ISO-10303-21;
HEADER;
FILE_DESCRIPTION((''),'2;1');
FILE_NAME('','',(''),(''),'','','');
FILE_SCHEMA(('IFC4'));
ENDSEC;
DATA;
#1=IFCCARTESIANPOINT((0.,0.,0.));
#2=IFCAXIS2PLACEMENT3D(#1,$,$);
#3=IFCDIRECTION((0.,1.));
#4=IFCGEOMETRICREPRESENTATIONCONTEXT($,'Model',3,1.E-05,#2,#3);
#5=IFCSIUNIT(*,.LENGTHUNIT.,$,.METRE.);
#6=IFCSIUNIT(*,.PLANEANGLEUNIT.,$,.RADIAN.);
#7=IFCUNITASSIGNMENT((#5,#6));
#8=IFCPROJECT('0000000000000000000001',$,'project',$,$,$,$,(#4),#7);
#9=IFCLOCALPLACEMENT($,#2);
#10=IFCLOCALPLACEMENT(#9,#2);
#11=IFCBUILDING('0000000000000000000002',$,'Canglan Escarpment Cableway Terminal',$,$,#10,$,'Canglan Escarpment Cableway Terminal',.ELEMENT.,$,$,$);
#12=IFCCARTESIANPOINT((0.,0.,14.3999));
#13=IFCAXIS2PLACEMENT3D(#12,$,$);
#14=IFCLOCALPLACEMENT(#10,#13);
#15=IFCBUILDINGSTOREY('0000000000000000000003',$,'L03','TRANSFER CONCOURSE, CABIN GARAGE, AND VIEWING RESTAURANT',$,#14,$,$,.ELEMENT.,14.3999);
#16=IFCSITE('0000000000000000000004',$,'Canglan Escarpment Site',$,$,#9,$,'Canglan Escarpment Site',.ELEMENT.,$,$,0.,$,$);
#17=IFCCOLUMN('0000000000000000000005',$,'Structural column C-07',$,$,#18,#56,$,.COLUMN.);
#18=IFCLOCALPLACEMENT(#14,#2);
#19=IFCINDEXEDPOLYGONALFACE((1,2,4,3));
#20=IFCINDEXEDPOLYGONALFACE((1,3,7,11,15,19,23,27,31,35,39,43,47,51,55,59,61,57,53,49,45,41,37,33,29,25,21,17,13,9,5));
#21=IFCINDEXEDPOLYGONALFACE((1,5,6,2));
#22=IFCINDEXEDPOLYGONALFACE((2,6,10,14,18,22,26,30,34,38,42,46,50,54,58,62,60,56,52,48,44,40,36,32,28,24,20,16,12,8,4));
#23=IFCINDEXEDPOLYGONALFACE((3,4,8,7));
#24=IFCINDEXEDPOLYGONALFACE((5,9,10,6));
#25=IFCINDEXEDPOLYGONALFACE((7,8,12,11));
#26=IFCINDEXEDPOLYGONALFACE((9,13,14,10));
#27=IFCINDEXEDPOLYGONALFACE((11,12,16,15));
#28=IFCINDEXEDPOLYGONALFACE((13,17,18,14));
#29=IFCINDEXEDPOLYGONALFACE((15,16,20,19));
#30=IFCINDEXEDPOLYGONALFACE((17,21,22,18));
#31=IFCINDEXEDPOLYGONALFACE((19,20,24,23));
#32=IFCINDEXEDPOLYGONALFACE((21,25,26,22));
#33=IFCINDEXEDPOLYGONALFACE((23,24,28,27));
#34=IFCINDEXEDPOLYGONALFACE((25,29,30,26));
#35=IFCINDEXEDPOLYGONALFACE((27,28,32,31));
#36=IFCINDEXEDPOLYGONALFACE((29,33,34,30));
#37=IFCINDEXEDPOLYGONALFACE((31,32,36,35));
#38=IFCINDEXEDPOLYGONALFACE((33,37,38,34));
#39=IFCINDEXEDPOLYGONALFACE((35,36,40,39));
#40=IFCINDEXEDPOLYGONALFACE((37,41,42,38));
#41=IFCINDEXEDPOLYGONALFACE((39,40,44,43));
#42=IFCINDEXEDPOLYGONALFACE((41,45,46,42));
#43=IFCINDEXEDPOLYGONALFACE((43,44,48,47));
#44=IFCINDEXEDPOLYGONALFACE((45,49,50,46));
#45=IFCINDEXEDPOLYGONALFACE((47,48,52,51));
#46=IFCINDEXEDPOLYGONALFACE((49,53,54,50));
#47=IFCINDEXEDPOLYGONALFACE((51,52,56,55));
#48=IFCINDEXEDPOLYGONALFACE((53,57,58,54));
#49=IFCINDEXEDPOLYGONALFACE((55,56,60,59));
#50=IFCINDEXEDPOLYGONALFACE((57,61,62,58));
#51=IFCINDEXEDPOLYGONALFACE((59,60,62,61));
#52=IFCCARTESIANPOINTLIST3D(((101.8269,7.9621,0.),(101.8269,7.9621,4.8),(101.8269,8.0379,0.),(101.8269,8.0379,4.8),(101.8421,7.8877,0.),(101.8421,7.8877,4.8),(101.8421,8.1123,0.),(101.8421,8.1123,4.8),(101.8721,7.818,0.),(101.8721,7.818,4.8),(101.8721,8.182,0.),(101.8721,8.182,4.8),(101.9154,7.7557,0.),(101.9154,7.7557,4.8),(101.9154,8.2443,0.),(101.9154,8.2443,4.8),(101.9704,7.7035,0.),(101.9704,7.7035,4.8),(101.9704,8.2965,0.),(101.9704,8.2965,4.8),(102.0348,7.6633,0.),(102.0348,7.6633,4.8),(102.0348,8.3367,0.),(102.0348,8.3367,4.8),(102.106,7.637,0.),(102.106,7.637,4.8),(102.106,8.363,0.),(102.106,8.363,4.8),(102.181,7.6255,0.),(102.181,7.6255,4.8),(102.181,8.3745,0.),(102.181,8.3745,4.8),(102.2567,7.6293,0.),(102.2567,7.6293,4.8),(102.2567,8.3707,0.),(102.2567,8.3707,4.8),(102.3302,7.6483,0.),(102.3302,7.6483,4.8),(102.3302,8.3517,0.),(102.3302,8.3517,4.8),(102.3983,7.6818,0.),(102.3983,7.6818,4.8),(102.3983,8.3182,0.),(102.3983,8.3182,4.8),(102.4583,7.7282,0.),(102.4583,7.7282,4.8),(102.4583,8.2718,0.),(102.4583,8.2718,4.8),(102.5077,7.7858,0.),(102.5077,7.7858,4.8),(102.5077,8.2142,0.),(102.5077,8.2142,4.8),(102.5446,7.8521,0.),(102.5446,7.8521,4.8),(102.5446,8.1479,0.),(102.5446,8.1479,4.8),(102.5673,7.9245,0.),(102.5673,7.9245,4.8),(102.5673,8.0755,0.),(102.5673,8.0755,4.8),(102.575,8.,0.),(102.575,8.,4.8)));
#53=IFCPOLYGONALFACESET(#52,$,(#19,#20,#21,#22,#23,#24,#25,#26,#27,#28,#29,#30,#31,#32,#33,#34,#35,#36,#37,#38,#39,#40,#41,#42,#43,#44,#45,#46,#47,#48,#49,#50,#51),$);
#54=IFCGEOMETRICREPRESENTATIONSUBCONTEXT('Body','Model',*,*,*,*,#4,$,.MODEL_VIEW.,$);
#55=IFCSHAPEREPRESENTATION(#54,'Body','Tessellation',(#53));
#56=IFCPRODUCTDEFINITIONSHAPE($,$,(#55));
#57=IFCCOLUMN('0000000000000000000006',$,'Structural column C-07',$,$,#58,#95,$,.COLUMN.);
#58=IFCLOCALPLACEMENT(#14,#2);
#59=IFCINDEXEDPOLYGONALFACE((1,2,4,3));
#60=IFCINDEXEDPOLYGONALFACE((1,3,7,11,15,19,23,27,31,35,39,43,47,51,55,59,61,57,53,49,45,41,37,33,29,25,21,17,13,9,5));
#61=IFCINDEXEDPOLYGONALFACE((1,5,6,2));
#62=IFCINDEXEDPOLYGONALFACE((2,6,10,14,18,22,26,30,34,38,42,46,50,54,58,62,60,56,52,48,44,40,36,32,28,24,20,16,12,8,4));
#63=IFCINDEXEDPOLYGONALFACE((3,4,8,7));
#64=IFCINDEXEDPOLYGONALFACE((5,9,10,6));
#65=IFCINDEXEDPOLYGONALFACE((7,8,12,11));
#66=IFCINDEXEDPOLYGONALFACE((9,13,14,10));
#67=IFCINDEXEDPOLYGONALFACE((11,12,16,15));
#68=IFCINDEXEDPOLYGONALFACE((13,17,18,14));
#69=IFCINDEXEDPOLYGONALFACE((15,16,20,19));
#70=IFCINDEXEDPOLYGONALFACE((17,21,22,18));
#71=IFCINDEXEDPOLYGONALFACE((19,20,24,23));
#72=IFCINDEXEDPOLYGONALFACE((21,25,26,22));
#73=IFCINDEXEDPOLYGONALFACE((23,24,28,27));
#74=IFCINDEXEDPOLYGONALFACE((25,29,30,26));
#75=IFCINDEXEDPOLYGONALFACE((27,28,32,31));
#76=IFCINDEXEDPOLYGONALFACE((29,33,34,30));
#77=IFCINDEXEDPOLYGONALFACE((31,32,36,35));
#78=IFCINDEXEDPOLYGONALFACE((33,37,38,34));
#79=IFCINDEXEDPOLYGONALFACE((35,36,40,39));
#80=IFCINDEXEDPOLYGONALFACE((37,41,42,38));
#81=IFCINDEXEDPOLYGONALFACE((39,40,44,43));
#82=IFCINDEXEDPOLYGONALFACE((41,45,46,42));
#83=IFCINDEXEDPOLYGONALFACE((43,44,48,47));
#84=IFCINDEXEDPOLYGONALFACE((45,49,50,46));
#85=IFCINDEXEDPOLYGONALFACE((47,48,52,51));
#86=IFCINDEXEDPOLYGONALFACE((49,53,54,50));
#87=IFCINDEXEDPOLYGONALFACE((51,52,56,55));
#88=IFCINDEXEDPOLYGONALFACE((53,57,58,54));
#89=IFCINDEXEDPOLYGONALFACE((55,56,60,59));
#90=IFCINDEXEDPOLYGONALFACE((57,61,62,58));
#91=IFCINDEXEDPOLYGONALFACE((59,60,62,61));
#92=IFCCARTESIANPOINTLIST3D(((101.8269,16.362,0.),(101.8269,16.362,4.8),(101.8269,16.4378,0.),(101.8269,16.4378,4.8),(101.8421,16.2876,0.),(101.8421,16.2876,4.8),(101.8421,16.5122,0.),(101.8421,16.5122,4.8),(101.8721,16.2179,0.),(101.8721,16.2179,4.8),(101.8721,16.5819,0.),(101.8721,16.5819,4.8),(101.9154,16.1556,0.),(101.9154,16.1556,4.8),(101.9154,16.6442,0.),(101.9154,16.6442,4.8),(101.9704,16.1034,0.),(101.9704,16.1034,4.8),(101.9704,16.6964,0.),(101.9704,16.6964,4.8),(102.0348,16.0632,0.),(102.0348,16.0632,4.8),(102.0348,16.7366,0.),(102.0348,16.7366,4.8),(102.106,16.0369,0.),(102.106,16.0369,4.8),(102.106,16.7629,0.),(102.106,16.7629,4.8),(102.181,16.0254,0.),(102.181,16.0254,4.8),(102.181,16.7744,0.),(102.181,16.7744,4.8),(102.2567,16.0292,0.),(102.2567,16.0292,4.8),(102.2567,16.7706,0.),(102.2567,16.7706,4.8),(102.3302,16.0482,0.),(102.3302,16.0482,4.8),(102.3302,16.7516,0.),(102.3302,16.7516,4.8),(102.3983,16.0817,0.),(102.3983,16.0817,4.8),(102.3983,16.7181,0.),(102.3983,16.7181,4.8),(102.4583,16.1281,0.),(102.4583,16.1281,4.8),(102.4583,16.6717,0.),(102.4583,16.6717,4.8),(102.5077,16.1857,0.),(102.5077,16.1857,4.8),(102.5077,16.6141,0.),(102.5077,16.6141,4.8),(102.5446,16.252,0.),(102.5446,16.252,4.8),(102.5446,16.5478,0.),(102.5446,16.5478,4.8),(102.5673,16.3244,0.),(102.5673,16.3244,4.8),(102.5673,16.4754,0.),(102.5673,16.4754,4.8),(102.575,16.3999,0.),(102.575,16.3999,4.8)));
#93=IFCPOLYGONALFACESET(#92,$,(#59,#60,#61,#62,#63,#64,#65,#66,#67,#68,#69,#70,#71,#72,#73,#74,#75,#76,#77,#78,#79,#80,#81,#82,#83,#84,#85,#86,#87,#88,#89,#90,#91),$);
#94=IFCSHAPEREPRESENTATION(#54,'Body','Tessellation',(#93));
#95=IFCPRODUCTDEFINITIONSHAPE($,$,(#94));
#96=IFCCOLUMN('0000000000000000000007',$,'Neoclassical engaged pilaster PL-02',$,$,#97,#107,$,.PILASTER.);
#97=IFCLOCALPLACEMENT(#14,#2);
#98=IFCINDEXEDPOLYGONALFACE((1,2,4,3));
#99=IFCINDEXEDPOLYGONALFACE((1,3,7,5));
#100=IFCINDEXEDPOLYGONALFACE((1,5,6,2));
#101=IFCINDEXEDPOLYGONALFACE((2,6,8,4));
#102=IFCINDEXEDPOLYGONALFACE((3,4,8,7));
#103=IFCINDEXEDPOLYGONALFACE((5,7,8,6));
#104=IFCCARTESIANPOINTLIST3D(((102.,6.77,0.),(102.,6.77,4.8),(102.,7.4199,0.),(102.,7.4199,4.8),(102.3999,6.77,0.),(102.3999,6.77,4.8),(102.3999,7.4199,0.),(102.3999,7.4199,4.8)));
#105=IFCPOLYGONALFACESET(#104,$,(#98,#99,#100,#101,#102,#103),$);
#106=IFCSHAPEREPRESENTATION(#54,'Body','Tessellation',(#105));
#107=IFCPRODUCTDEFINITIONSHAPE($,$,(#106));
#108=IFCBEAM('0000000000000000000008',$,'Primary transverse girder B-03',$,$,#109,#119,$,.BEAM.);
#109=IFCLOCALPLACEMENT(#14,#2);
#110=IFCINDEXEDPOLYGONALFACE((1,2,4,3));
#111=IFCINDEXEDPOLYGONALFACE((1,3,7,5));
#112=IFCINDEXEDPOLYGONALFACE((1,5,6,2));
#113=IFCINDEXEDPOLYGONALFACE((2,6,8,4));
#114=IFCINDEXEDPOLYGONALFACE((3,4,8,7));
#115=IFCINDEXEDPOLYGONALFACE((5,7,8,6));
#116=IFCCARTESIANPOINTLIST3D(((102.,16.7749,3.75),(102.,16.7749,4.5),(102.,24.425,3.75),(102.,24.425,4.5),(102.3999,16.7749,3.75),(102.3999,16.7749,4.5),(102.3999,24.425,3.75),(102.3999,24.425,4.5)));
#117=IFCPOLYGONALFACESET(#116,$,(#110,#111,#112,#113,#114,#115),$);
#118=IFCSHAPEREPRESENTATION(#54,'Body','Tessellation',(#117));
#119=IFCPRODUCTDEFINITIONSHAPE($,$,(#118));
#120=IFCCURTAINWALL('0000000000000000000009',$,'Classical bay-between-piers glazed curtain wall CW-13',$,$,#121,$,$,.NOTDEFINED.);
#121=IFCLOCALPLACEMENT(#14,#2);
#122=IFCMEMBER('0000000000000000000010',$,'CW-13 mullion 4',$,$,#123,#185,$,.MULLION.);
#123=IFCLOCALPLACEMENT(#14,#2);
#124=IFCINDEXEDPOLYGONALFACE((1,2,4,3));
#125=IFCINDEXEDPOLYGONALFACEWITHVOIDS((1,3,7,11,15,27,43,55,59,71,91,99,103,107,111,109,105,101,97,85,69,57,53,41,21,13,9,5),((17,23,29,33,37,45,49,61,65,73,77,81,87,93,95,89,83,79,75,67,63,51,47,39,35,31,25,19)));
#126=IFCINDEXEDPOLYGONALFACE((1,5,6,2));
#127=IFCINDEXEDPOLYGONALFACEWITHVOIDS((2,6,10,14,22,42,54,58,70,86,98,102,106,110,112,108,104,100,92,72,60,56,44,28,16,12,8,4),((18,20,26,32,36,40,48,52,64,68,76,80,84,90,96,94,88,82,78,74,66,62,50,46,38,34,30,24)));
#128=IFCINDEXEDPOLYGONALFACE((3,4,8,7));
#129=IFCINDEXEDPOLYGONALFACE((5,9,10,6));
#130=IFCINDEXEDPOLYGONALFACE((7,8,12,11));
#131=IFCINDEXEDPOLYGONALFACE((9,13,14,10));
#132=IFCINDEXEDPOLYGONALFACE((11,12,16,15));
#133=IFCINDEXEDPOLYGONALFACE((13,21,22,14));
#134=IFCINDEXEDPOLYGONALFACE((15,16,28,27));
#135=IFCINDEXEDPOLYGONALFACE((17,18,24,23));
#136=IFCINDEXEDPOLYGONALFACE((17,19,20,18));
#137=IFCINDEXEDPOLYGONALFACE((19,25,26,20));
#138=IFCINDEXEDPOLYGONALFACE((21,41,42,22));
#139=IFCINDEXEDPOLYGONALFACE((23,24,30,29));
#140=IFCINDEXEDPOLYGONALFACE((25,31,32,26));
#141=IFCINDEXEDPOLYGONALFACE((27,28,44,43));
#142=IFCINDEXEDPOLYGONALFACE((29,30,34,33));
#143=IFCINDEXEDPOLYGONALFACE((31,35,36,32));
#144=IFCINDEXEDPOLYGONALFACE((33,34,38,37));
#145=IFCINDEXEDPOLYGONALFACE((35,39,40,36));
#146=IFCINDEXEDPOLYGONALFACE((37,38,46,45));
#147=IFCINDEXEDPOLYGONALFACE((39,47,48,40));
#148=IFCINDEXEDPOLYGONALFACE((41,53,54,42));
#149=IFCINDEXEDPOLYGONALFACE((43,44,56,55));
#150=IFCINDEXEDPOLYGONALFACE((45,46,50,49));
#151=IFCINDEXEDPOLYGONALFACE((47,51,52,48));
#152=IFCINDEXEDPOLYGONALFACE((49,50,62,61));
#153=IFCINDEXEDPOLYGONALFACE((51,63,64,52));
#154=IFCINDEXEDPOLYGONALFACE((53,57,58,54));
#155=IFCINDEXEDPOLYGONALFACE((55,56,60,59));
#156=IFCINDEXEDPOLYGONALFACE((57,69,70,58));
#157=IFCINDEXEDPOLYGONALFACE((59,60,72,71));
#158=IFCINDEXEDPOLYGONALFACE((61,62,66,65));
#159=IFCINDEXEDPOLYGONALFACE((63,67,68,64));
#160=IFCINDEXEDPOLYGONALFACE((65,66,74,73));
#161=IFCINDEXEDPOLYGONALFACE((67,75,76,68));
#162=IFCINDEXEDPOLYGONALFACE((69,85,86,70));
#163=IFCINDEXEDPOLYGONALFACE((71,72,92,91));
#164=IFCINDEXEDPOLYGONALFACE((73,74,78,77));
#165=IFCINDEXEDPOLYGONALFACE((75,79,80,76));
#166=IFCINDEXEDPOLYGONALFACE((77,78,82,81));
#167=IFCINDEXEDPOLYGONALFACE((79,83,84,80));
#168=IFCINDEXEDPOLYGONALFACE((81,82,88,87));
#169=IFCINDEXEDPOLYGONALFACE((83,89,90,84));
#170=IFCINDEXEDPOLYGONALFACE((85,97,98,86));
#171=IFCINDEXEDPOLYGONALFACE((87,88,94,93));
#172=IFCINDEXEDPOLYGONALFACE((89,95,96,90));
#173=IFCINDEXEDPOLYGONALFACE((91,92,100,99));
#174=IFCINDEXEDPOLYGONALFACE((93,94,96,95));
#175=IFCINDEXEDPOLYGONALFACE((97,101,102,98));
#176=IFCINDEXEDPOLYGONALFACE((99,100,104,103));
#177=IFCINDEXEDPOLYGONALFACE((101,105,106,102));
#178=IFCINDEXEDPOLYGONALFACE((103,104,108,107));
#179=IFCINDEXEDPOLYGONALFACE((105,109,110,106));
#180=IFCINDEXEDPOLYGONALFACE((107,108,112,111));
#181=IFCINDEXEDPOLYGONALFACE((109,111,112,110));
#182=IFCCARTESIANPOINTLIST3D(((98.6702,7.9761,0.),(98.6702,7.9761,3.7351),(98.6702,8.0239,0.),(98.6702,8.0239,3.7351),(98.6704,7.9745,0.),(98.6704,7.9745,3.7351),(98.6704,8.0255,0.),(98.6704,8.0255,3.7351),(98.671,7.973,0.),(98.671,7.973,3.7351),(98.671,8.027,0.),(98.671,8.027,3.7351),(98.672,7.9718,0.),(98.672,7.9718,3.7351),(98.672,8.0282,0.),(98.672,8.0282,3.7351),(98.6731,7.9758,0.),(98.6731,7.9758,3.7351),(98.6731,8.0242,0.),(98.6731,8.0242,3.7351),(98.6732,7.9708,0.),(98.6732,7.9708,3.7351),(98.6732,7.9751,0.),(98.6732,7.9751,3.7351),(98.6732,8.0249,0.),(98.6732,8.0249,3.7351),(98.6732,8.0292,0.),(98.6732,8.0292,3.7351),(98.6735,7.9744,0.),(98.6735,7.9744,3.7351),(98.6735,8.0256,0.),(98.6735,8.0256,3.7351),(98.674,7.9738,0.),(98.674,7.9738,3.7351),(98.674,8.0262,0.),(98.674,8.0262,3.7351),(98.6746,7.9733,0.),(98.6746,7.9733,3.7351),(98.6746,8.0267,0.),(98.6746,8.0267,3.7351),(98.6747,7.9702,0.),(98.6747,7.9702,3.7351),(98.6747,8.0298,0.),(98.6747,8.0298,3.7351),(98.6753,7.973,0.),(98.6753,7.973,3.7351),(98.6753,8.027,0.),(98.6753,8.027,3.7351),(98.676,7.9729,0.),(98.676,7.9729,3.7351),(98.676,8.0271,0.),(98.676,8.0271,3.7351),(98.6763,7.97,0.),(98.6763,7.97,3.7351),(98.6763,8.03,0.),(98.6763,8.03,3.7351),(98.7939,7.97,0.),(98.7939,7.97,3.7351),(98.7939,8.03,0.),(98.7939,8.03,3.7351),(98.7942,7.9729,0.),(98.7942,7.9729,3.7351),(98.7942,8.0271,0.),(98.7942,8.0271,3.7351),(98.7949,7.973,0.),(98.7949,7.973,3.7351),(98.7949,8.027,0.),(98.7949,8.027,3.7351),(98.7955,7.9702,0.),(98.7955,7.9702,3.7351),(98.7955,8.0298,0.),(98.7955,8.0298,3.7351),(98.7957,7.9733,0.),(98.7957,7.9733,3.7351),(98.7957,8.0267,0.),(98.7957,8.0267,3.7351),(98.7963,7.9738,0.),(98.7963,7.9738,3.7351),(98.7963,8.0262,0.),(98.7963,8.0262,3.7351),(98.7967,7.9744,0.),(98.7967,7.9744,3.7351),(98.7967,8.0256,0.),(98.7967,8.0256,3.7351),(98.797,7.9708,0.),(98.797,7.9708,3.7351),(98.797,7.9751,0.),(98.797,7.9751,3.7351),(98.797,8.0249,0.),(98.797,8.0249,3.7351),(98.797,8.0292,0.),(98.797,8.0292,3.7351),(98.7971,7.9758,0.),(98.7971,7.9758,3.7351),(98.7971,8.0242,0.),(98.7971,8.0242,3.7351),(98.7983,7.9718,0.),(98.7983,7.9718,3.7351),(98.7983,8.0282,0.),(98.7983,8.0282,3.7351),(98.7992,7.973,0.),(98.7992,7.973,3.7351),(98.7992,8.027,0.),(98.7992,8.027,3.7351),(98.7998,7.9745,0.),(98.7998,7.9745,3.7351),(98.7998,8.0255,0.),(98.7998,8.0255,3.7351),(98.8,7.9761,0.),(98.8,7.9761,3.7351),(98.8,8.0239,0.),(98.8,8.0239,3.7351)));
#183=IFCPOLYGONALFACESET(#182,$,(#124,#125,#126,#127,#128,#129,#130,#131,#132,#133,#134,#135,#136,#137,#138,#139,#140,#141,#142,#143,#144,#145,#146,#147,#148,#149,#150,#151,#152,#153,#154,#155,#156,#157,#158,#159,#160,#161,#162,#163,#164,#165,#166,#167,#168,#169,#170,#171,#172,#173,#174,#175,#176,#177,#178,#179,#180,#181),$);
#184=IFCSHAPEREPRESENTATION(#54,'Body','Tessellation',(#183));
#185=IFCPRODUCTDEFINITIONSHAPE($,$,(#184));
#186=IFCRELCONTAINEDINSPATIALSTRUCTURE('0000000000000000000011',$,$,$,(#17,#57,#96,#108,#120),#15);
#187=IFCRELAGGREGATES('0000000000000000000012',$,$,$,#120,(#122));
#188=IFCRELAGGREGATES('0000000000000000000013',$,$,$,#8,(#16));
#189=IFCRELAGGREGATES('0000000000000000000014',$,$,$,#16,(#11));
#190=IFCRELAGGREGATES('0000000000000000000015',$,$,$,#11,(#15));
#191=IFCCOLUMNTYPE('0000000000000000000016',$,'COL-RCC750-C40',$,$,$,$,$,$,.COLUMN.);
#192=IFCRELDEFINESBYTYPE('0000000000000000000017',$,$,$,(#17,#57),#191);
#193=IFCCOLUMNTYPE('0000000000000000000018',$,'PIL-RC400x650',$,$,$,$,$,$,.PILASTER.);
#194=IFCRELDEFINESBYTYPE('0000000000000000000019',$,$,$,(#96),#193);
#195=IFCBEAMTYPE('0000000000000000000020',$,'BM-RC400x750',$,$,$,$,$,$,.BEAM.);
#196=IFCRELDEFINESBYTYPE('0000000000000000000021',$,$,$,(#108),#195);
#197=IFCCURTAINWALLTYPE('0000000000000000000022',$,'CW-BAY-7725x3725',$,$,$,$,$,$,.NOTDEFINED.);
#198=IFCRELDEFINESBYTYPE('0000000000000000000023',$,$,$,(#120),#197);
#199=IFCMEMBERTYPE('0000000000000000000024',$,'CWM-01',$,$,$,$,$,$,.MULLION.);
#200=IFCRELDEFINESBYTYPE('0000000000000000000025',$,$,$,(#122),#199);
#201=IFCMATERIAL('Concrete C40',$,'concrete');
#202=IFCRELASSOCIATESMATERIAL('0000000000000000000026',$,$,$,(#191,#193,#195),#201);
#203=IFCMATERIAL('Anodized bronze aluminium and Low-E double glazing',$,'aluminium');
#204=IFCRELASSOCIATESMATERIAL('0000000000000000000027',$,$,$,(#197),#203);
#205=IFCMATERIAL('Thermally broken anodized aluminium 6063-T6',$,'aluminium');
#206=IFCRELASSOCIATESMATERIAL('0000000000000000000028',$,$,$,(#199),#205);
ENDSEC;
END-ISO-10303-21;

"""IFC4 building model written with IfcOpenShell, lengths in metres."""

from ifc_helpers import new_model, si_unit, direction, frame, origin, origin_2d, place, context, subcontext, project, spatial, rectangle, hollow_rectangle, circle, extrude, material, material_profile, profile_set, type_object, element, aggregate, save


model = new_model("IFC4")

# Units and contexts
model_context = context("Model", 3, precision=1e-05, world=origin(), true_north=direction((0.0, 1.0)))
body_context = subcontext(model_context, "Body", "Model", "MODEL_VIEW")
ifc_project = project(units=[si_unit("LENGTHUNIT", "METRE"), si_unit("PLANEANGLEUNIT", "RADIAN")], contexts=[model_context])

# Site, building, storey
site_placement = place(None, origin())
site = spatial("IfcSite", under=ifc_project, at=site_placement, Name="Canglan Escarpment Site", LongName="Canglan Escarpment Site", CompositionType="ELEMENT", RefElevation=0.0)
building_placement = place(site_placement, origin())
building = spatial("IfcBuilding", under=site, at=building_placement, Name="Canglan Escarpment Cableway Terminal", LongName="Canglan Escarpment Cableway Terminal", CompositionType="ELEMENT")
storey_placement = place(building_placement, frame((0.0, 0.0, 14.3999)))
storey = spatial("IfcBuildingStorey", under=building, at=storey_placement, Name="L03", Description="TRANSFER CONCOURSE, CABIN GARAGE, AND VIEWING RESTAURANT", CompositionType="ELEMENT", Elevation=14.3999)

# Columns
ifc_material_1 = material(Name="Concrete C40", Category="concrete")
ifc_material_profile_1 = material_profile(ifc_material_1, circle(Radius=0.375, at=origin_2d()), Name="RC-CIRC D750")
ifc_profile_set_1 = profile_set([ifc_material_profile_1], Name="Concrete C40")
column_type_1 = type_object("IfcColumnType", Name="COL-RCC750-C40", PredefinedType="COLUMN", material=ifc_profile_set_1)
for number, where, z_axis, x_axis, name in (
    (1, (102.2, 8.0, 0.0), (0.0, 0.0, 1.0), (1.0, 0.0, 0.0), "Structural column C-07"),
    (2, (102.2, 16.3999, 0.0), (0.0, 0.0, 1.0), (1.0, 0.0, 0.0), "Structural column C-07"),
):
    element("IfcColumn", number, at=place(storey_placement, frame(where, z_axis=z_axis, x_axis=x_axis)), inside=storey, type_object=column_type_1, Name=name, PredefinedType="COLUMN", context=body_context, shape_type="SweptSolid", body=[
        extrude(circle(Radius=0.375, at=origin_2d()), origin(), (0.0, 0.0, 1.0), 4.8),
    ])
ifc_material_profile_2 = material_profile(ifc_material_1, rectangle(XDim=0.3999, YDim=0.6499, at=origin_2d()), Name="RC-PIL 400x650")
ifc_profile_set_2 = profile_set([ifc_material_profile_2], Name="Concrete C40")
column_type_2 = type_object("IfcColumnType", Name="PIL-RC400x650", PredefinedType="PILASTER", material=ifc_profile_set_2)
column_placement = place(storey_placement, frame((102.2, 7.095, 0.0), z_axis=(0.0, 0.0, 1.0), x_axis=(1.0, 0.0, 0.0)))
element("IfcColumn", 3, at=column_placement, inside=storey, type_object=column_type_2, Name="Neoclassical engaged pilaster PL-02", PredefinedType="PILASTER", context=body_context, shape_type="SweptSolid", body=[
    extrude(rectangle(XDim=0.3999, YDim=0.6499, at=origin_2d()), origin(), (0.0, 0.0, 1.0), 4.8),
])

# Beam
ifc_material_profile_3 = material_profile(ifc_material_1, rectangle(XDim=0.3999, YDim=0.75, at=origin_2d()), Name="RC 400x750")
ifc_profile_set_3 = profile_set([ifc_material_profile_3], Name="Concrete C40")
beam_type = type_object("IfcBeamType", Name="BM-RC400x750", PredefinedType="BEAM", material=ifc_profile_set_3)
beam_placement = place(storey_placement, frame((102.2, 16.7749, 4.125), z_axis=(0.0, 1.0, 0.0), x_axis=(-1.0, 0.0, 0.0)))
element("IfcBeam", 4, at=beam_placement, inside=storey, type_object=beam_type, Name="Primary transverse girder B-03", PredefinedType="BEAM", context=body_context, shape_type="SweptSolid", body=[
    extrude(rectangle(XDim=0.3999, YDim=0.75, at=origin_2d()), origin(), (0.0, 0.0, 1.0), 7.6501),
])

# Curtain wall, member
ifc_material_2 = material(Name="Anodized bronze aluminium and Low-E double glazing", Category="aluminium")
curtain_wall_type = type_object("IfcCurtainWallType", Name="CW-BAY-7725x3725", PredefinedType="NOTDEFINED", material=ifc_material_2)
curtain_wall_placement = place(storey_placement, origin())
curtain_wall = element("IfcCurtainWall", 5, at=curtain_wall_placement, inside=storey, type_object=curtain_wall_type, Name="Classical bay-between-piers glazed curtain wall CW-13", PredefinedType="NOTDEFINED")
ifc_material_3 = material(Name="Thermally broken anodized aluminium 6063-T6", Category="aluminium")
ifc_material_profile_4 = material_profile(ifc_material_3, hollow_rectangle(XDim=0.0601, YDim=0.1299, WallThickness=0.0029, InnerFilletRadius=0.0029, OuterFilletRadius=0.0061, at=origin_2d()), Name="ALU-MULL 60x130x3")
ifc_profile_set_4 = profile_set([ifc_material_profile_4], Name="Thermally broken anodized aluminium 6063-T6")
member_type_1 = type_object("IfcMemberType", Name="CWM-01", PredefinedType="MULLION", material=ifc_profile_set_4)
member_1_placement = place(storey_placement, frame((98.7351, 8.0, 0.0), z_axis=(0.0, 0.0, 1.0), x_axis=(0.0, 1.0, 0.0)))
member_1 = element("IfcMember", 6, at=member_1_placement, type_object=member_type_1, Name="CW-13 mullion 4", PredefinedType="MULLION", context=body_context, shape_type="SweptSolid", body=[
    extrude(hollow_rectangle(XDim=0.0601, YDim=0.1299, WallThickness=0.0029, InnerFilletRadius=0.0029, OuterFilletRadius=0.0061, at=origin_2d()), origin(), (0.0, 0.0, 1.0), 3.7351),
])
aggregate(curtain_wall, [member_1])

save(model, "model.ifc")
